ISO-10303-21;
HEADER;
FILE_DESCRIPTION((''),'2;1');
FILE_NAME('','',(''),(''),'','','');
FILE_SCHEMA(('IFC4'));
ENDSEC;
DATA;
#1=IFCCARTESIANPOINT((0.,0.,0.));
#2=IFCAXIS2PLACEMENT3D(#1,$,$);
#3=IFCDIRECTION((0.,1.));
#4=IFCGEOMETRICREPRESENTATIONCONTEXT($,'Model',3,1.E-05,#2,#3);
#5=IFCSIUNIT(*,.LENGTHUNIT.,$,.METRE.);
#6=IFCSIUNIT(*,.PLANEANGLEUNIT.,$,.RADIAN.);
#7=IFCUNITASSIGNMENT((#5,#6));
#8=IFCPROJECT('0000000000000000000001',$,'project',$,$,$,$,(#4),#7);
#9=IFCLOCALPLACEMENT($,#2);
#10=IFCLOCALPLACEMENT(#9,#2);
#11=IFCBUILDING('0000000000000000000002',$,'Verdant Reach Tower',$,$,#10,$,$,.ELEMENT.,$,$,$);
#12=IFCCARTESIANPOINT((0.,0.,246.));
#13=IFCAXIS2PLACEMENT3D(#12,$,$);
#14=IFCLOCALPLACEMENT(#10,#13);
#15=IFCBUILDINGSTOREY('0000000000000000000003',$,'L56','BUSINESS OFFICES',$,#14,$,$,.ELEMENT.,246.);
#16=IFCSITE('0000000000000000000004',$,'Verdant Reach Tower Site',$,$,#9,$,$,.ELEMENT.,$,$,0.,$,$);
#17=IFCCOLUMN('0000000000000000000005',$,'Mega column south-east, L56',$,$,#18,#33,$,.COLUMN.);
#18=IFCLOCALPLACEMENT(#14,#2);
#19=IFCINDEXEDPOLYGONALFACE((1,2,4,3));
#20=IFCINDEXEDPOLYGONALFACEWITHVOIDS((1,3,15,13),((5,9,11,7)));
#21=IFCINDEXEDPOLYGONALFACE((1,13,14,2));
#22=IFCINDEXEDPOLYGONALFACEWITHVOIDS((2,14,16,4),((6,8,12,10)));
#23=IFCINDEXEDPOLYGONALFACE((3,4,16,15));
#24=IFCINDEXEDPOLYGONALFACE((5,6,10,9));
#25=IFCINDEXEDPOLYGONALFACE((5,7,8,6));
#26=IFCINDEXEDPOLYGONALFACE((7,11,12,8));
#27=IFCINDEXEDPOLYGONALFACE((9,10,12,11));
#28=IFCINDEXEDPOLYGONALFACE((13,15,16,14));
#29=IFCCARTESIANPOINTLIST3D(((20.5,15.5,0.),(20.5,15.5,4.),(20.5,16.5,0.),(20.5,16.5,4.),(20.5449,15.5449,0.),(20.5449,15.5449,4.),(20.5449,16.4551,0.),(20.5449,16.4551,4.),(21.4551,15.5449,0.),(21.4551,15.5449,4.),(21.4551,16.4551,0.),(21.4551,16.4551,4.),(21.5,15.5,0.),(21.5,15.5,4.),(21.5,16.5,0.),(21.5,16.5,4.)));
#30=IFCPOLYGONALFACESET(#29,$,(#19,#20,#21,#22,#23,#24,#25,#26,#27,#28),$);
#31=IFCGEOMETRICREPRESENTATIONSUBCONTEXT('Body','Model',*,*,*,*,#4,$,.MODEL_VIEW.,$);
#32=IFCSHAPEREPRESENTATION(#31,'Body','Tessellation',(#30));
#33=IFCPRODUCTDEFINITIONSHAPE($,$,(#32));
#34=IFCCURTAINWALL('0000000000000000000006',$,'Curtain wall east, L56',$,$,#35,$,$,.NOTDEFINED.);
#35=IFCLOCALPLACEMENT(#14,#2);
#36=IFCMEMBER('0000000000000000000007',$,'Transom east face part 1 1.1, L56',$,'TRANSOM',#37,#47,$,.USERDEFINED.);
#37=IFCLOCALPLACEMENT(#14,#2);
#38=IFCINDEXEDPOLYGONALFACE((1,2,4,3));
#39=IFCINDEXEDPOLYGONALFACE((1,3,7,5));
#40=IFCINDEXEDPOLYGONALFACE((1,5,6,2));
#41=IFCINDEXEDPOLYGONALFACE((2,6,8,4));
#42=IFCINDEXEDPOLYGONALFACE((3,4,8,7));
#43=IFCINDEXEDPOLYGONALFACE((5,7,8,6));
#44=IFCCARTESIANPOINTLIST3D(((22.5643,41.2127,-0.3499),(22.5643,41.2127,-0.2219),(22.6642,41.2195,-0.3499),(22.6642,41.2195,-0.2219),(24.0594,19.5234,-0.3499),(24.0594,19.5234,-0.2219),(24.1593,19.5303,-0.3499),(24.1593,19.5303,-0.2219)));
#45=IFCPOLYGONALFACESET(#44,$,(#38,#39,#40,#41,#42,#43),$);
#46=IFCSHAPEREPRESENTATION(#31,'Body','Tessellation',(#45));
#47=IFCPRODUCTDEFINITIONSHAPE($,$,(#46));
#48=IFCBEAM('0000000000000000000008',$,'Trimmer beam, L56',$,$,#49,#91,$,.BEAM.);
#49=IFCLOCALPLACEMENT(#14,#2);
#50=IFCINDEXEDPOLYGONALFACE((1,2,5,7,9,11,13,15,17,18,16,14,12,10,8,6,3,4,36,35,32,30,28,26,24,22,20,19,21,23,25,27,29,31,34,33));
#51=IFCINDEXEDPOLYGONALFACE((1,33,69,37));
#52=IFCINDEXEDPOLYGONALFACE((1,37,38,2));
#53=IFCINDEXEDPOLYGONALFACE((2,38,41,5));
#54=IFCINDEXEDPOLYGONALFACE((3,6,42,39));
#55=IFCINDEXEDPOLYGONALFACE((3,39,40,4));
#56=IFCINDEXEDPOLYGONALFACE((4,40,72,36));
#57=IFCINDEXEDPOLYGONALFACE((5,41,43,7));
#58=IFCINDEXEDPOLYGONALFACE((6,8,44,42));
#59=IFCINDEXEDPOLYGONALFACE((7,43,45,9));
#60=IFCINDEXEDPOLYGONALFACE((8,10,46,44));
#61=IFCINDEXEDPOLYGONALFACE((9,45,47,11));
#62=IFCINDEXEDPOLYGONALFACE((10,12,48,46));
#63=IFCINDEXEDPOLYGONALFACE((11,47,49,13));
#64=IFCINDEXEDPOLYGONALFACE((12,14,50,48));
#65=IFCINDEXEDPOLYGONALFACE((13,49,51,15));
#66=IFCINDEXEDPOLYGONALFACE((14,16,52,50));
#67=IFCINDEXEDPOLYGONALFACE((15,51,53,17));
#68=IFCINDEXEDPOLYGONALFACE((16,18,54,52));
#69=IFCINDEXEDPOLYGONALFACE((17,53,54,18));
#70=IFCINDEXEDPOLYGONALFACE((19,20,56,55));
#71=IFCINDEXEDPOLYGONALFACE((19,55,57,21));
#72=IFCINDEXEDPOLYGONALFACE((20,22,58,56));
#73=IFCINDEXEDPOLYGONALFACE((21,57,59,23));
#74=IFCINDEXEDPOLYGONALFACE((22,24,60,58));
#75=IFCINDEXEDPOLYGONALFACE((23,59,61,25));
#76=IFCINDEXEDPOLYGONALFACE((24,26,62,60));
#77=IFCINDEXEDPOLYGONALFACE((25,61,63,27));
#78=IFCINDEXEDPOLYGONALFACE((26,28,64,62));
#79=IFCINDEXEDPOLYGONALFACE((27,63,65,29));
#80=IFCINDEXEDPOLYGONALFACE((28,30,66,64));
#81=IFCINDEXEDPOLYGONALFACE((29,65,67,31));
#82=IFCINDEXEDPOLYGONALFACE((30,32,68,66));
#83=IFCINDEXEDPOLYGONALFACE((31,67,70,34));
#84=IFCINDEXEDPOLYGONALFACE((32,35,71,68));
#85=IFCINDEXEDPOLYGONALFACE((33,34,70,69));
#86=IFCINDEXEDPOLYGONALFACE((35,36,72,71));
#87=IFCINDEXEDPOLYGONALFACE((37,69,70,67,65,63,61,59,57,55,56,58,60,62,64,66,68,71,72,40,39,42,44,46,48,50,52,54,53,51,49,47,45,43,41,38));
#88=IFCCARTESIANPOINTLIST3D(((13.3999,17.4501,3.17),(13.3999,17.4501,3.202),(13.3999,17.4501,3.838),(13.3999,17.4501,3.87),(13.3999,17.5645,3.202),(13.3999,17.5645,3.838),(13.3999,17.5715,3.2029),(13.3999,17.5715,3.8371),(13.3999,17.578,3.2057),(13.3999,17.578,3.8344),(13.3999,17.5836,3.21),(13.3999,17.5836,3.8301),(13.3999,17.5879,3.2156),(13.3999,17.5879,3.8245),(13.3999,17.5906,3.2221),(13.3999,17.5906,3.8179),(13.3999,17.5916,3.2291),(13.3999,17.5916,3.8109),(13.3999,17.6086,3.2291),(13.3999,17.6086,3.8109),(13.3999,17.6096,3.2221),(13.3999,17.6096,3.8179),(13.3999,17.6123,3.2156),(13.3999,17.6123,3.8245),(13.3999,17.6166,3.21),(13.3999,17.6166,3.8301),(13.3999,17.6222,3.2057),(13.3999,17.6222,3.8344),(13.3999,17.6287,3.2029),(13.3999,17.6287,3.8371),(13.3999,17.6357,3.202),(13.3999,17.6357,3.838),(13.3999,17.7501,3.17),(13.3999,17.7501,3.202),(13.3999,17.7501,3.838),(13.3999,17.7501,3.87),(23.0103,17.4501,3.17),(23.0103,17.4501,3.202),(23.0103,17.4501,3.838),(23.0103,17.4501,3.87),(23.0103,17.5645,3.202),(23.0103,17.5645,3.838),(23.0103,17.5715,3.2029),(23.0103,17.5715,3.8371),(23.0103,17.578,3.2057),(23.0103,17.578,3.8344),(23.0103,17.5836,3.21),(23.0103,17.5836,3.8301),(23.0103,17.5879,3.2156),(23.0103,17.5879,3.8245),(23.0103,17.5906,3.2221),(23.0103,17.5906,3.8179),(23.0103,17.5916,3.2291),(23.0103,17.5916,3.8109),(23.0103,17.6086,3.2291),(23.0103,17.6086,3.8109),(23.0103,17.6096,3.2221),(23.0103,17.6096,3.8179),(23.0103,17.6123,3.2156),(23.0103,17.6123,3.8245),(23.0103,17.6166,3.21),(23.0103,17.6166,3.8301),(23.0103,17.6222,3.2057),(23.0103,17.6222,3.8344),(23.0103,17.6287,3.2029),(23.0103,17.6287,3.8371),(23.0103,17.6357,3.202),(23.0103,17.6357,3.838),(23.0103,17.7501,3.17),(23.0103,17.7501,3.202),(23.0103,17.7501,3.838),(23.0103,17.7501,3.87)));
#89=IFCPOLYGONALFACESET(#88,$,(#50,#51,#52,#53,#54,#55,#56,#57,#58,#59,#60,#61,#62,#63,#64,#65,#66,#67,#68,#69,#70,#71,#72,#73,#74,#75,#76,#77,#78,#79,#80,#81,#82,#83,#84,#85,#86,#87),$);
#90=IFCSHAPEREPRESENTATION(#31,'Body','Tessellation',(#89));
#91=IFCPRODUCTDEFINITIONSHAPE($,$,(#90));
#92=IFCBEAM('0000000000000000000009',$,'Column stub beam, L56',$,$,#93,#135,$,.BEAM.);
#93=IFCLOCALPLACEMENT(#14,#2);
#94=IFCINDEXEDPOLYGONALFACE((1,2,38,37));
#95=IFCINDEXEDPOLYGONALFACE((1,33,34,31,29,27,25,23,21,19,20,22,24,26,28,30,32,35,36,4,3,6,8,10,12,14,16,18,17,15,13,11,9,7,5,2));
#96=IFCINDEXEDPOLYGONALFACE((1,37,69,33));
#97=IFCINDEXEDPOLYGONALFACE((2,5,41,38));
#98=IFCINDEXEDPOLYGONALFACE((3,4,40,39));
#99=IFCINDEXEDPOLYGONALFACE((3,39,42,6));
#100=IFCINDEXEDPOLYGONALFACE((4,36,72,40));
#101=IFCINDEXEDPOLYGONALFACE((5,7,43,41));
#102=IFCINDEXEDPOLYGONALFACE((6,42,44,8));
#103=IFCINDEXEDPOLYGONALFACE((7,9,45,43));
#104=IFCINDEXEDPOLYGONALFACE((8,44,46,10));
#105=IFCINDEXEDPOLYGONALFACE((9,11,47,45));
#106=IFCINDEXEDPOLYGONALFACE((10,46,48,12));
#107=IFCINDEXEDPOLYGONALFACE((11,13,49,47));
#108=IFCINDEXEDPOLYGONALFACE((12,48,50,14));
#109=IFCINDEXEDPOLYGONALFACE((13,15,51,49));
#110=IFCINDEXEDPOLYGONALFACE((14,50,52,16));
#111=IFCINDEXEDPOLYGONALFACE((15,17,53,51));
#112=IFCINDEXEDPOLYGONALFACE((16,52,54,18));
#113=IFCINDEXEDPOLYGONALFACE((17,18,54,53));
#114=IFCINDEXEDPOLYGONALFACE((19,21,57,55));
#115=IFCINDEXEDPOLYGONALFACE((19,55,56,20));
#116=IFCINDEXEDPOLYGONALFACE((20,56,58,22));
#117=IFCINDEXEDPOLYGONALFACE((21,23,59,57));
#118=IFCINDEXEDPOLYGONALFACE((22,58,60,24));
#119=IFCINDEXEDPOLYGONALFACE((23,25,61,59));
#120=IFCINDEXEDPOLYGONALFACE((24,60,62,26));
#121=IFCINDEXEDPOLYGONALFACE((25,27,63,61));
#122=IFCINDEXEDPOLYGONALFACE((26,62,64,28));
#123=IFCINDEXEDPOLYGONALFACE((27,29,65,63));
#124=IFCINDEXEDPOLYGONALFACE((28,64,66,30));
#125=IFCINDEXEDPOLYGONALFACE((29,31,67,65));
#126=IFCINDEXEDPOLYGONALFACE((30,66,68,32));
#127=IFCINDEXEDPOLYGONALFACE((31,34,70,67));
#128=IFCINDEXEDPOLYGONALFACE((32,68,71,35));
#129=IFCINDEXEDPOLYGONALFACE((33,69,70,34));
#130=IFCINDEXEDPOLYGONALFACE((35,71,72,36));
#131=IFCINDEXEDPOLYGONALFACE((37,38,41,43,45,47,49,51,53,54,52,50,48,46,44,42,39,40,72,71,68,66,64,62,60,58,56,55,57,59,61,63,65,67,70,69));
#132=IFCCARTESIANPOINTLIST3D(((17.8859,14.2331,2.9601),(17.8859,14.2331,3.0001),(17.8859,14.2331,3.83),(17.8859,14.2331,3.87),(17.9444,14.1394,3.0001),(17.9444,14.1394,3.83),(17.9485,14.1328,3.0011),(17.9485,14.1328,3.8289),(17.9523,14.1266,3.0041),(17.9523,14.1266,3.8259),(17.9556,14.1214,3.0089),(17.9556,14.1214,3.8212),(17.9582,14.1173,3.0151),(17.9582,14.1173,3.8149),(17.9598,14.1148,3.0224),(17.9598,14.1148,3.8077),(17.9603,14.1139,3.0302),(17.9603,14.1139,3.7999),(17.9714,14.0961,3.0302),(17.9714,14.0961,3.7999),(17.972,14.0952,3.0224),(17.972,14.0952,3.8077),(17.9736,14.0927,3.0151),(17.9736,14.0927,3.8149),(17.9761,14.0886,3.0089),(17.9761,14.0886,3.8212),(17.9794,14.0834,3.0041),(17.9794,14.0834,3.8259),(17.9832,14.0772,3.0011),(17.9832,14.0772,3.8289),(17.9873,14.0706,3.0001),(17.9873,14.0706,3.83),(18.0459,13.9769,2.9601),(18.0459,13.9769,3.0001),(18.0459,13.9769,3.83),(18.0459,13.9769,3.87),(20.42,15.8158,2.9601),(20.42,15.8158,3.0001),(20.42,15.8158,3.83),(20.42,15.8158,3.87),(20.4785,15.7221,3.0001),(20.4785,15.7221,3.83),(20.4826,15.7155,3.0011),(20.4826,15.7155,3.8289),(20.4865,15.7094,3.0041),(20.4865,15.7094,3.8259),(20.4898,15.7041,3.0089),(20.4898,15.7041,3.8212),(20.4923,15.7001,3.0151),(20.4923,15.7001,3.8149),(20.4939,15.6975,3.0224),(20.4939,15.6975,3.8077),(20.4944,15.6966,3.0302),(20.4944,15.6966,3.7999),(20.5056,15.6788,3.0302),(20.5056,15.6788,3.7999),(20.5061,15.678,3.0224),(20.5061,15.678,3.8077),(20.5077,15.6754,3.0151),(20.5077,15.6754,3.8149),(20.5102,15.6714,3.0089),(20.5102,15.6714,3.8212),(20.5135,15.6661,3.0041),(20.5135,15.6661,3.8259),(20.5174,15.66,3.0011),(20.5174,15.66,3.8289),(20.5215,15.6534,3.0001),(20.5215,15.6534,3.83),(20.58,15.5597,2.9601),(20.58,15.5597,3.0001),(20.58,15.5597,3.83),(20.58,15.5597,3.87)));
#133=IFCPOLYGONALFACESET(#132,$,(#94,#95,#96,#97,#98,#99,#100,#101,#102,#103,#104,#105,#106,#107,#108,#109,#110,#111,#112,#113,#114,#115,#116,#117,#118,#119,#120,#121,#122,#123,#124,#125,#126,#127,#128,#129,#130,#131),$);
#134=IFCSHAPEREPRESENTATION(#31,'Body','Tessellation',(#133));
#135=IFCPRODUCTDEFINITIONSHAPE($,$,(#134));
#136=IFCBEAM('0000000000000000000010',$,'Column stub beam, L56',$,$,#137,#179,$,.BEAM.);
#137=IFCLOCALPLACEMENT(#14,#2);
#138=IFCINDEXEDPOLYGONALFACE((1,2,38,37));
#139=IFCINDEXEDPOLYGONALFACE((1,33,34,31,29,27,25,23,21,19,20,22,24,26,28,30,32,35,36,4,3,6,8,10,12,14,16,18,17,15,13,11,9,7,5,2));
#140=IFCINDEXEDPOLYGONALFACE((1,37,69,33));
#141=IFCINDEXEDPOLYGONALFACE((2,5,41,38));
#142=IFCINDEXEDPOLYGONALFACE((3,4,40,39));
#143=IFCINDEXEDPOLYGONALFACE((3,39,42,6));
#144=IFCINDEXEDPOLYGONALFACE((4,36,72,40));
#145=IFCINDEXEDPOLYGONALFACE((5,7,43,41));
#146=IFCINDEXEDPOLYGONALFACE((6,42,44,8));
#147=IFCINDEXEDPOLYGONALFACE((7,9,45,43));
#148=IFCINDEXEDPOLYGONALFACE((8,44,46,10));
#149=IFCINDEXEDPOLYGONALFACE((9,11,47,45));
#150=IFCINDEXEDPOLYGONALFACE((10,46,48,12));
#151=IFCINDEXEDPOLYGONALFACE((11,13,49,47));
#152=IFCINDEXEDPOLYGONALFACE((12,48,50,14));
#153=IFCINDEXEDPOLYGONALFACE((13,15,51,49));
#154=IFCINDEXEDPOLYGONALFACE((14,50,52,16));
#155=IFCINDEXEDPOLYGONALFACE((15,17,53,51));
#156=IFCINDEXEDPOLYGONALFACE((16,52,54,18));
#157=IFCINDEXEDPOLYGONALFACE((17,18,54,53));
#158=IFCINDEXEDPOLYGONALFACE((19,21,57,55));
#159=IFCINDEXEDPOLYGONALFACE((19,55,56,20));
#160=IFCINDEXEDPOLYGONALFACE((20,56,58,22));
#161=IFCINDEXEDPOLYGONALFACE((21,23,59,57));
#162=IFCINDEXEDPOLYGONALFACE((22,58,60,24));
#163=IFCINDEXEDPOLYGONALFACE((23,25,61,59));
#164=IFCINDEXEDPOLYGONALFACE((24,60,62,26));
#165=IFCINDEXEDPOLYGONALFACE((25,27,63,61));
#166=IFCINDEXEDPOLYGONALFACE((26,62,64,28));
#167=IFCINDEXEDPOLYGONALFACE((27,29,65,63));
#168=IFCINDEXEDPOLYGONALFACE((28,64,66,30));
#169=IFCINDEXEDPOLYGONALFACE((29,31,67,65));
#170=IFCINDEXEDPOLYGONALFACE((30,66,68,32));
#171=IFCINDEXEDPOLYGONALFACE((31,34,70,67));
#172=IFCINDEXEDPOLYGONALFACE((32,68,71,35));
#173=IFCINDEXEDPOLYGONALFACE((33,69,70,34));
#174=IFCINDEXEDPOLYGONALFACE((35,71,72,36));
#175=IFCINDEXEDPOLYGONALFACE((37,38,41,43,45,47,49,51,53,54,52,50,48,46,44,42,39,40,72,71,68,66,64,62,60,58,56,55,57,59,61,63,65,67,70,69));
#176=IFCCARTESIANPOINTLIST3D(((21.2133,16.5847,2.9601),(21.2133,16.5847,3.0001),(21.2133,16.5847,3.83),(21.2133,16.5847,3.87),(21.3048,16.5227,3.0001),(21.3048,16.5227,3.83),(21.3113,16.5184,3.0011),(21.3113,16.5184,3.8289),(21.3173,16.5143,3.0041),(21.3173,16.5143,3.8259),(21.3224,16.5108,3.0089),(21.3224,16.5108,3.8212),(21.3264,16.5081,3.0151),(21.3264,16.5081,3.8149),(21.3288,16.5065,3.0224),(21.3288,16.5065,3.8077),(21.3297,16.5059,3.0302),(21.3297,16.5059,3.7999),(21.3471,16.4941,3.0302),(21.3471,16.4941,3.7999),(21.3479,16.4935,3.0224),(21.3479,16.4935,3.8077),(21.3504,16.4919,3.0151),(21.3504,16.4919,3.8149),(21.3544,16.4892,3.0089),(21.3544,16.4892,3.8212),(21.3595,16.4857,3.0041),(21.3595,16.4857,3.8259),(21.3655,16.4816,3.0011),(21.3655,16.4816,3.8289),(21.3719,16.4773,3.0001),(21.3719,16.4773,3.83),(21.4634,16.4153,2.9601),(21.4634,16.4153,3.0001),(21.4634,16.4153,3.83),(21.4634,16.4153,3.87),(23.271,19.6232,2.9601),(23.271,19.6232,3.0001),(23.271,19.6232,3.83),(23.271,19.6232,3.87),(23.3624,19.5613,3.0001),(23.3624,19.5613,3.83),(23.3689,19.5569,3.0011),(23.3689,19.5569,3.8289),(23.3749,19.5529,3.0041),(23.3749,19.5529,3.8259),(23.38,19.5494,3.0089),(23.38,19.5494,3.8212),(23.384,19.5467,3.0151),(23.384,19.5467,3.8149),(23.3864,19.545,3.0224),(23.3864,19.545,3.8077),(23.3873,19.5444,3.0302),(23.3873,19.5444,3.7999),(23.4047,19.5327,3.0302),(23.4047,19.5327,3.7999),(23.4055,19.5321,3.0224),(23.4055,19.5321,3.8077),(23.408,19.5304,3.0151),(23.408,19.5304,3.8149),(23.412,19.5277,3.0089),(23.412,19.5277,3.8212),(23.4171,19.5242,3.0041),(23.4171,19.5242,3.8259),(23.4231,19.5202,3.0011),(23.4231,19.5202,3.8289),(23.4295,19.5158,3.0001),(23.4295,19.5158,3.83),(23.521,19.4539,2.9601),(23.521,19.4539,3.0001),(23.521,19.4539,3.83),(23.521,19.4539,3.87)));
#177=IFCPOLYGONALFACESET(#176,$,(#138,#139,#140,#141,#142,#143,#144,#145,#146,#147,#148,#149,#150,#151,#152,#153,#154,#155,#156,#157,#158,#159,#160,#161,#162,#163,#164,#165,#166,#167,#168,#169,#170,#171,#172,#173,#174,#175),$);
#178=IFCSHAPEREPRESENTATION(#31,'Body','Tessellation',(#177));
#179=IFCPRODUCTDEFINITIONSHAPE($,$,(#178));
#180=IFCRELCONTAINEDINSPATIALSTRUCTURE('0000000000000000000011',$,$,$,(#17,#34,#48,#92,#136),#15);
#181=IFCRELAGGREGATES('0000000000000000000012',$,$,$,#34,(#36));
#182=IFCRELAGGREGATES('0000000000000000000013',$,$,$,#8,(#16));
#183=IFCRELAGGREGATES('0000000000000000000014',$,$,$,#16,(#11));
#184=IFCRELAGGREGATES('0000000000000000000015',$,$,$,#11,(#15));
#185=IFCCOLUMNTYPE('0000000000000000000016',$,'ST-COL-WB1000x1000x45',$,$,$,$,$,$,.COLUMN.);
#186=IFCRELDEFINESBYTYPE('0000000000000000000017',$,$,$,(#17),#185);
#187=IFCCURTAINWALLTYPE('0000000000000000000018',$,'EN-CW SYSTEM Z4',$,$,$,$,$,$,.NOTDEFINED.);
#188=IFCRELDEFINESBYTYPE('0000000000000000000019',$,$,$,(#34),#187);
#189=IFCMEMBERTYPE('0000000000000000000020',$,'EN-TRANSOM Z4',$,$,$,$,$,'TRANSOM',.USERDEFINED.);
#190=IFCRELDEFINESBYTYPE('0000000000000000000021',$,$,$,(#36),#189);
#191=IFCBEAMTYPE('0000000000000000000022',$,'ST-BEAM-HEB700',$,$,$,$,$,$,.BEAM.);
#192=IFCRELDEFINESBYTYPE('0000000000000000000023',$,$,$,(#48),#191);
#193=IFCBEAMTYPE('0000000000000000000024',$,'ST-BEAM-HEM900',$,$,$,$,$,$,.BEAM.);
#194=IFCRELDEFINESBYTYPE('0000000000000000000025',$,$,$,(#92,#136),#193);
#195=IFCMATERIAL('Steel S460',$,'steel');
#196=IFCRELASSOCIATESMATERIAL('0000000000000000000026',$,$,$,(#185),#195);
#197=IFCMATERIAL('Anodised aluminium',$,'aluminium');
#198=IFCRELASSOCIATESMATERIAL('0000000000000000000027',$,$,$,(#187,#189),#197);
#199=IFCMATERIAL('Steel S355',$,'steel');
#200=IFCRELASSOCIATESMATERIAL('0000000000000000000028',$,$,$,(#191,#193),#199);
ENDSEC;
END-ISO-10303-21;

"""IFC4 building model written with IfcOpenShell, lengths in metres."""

from ifc_helpers import new_model, si_unit, direction, frame, origin, origin_2d, place, context, subcontext, project, spatial, rectangle, hollow_rectangle, i_section, extrude, material, material_profile, profile_set, type_object, element, aggregate, save


model = new_model("IFC4")

# Units and contexts
model_context = context("Model", 3, precision=1e-05, world=origin(), true_north=direction((0.0, 1.0)))
body_context = subcontext(model_context, "Body", "Model", "MODEL_VIEW")
ifc_project = project(units=[si_unit("LENGTHUNIT", "METRE"), si_unit("PLANEANGLEUNIT", "RADIAN")], contexts=[model_context])

# Site, building, storey
site_placement = place(None, origin())
site = spatial("IfcSite", under=ifc_project, at=site_placement, Name="Verdant Reach Tower Site", CompositionType="ELEMENT", RefElevation=0.0)
building_placement = place(site_placement, origin())
building = spatial("IfcBuilding", under=site, at=building_placement, Name="Verdant Reach Tower", CompositionType="ELEMENT")
storey_placement = place(building_placement, frame((0.0, 0.0, 246.0)))
storey = spatial("IfcBuildingStorey", under=building, at=storey_placement, Name="L56", Description="BUSINESS OFFICES", CompositionType="ELEMENT", Elevation=246.0)

# Column
ifc_material_1 = material(Name="Steel S460", Category="steel")
ifc_material_profile_1 = material_profile(ifc_material_1, hollow_rectangle(XDim=1.0, YDim=1.0, WallThickness=0.0449, at=origin_2d()), Name="WB 1000x1000x45")
ifc_profile_set_1 = profile_set([ifc_material_profile_1], Name="Steel S460")
column_type = type_object("IfcColumnType", Name="ST-COL-WB1000x1000x45", PredefinedType="COLUMN", material=ifc_profile_set_1)
column_placement = place(storey_placement, frame((21.0, 16.0, 0.0), z_axis=(0.0, 0.0, 1.0), x_axis=(1.0, 0.0, 0.0)))
element("IfcColumn", 1, at=column_placement, inside=storey, type_object=column_type, Name="Mega column south-east, L56", PredefinedType="COLUMN", context=body_context, shape_type="SweptSolid", body=[
    extrude(hollow_rectangle(XDim=1.0, YDim=1.0, WallThickness=0.0449, at=origin_2d()), origin(), (0.0, 0.0, 1.0), 4.0),
])

# Curtain wall, member
ifc_material_2 = material(Name="Anodised aluminium", Category="aluminium")
curtain_wall_type = type_object("IfcCurtainWallType", Name="EN-CW SYSTEM Z4", PredefinedType="NOTDEFINED", material=ifc_material_2)
curtain_wall_1_placement = place(storey_placement, origin())
curtain_wall_1 = element("IfcCurtainWall", 2, at=curtain_wall_1_placement, inside=storey, type_object=curtain_wall_type, Name="Curtain wall east, L56", PredefinedType="NOTDEFINED")
ifc_material_profile_2 = material_profile(ifc_material_2, rectangle(XDim=0.1001, YDim=0.1279, at=origin_2d()), Name="Transom 128x100")
ifc_profile_set_2 = profile_set([ifc_material_profile_2], Name="Anodised aluminium")
member_type = type_object("IfcMemberType", Name="EN-TRANSOM Z4", ElementType="TRANSOM", PredefinedType="USERDEFINED", material=ifc_profile_set_2)
member_placement = place(storey_placement, frame((24.1094, 19.5269, -0.2859), z_axis=(-0.06877, 0.997633, 0.0), x_axis=(-0.997633, -0.06877, 0.0)))
member = element("IfcMember", 3, at=member_placement, type_object=member_type, Name="Transom east face part 1 1.1, L56", ObjectType="TRANSOM", PredefinedType="USERDEFINED", context=body_context, shape_type="SweptSolid", body=[
    extrude(rectangle(XDim=0.1001, YDim=0.1279, at=origin_2d()), origin(), (0.0, 0.0, 1.0), 21.7407),
])
aggregate(curtain_wall_1, [member])

# Beams
ifc_material_3 = material(Name="Steel S355", Category="steel")
ifc_material_profile_3 = material_profile(ifc_material_3, i_section(OverallWidth=0.3, OverallDepth=0.7, WebThickness=0.0171, FlangeThickness=0.032, FilletRadius=0.0271, at=origin_2d()), Name="HEB 700")
ifc_profile_set_3 = profile_set([ifc_material_profile_3], Name="Steel S355")
beam_type_1 = type_object("IfcBeamType", Name="ST-BEAM-HEB700", PredefinedType="BEAM", material=ifc_profile_set_3)
beam_1_placement = place(storey_placement, frame((13.3999, 17.6001, 3.52), z_axis=(1.0, 0.0, 0.0), x_axis=(0.0, 1.0, 0.0)))
element("IfcBeam", 4, at=beam_1_placement, inside=storey, type_object=beam_type_1, Name="Trimmer beam, L56", PredefinedType="BEAM", context=body_context, shape_type="SweptSolid", body=[
    extrude(i_section(OverallWidth=0.3, OverallDepth=0.7, WebThickness=0.0171, FlangeThickness=0.032, FilletRadius=0.0271, at=origin_2d()), origin(), (0.0, 0.0, 1.0), 9.6104),
])
ifc_material_profile_4 = material_profile(ifc_material_3, i_section(OverallWidth=0.302, OverallDepth=0.9099, WebThickness=0.021, FlangeThickness=0.04, FilletRadius=0.03, at=origin_2d()), Name="HEM 900")
ifc_profile_set_4 = profile_set([ifc_material_profile_4], Name="Steel S355")
beam_type_2 = type_object("IfcBeamType", Name="ST-BEAM-HEM900", PredefinedType="BEAM", material=ifc_profile_set_4)
beam_2_placement = place(storey_placement, frame((20.5, 15.6877, 3.415), z_axis=(-0.848164, -0.529735, 0.0), x_axis=(0.529735, -0.848164, 0.0)))
element("IfcBeam", 5, at=beam_2_placement, inside=storey, type_object=beam_type_2, Name="Column stub beam, L56", PredefinedType="BEAM", context=body_context, shape_type="SweptSolid", body=[
    extrude(i_section(OverallWidth=0.302, OverallDepth=0.9099, WebThickness=0.021, FlangeThickness=0.04, FilletRadius=0.03, at=origin_2d()), origin(), (0.0, 0.0, 1.0), 2.9878),
])
beam_3_placement = place(storey_placement, frame((21.3384, 16.5, 3.415), z_axis=(0.560704, 0.828016, 0.0), x_axis=(-0.828016, 0.560704, 0.0)))
element("IfcBeam", 6, at=beam_3_placement, inside=storey, type_object=beam_type_2, Name="Column stub beam, L56", PredefinedType="BEAM", context=body_context, shape_type="SweptSolid", body=[
    extrude(i_section(OverallWidth=0.302, OverallDepth=0.9099, WebThickness=0.021, FlangeThickness=0.04, FilletRadius=0.03, at=origin_2d()), origin(), (0.0, 0.0, 1.0), 3.6697),
])

save(model, "model.ifc")
